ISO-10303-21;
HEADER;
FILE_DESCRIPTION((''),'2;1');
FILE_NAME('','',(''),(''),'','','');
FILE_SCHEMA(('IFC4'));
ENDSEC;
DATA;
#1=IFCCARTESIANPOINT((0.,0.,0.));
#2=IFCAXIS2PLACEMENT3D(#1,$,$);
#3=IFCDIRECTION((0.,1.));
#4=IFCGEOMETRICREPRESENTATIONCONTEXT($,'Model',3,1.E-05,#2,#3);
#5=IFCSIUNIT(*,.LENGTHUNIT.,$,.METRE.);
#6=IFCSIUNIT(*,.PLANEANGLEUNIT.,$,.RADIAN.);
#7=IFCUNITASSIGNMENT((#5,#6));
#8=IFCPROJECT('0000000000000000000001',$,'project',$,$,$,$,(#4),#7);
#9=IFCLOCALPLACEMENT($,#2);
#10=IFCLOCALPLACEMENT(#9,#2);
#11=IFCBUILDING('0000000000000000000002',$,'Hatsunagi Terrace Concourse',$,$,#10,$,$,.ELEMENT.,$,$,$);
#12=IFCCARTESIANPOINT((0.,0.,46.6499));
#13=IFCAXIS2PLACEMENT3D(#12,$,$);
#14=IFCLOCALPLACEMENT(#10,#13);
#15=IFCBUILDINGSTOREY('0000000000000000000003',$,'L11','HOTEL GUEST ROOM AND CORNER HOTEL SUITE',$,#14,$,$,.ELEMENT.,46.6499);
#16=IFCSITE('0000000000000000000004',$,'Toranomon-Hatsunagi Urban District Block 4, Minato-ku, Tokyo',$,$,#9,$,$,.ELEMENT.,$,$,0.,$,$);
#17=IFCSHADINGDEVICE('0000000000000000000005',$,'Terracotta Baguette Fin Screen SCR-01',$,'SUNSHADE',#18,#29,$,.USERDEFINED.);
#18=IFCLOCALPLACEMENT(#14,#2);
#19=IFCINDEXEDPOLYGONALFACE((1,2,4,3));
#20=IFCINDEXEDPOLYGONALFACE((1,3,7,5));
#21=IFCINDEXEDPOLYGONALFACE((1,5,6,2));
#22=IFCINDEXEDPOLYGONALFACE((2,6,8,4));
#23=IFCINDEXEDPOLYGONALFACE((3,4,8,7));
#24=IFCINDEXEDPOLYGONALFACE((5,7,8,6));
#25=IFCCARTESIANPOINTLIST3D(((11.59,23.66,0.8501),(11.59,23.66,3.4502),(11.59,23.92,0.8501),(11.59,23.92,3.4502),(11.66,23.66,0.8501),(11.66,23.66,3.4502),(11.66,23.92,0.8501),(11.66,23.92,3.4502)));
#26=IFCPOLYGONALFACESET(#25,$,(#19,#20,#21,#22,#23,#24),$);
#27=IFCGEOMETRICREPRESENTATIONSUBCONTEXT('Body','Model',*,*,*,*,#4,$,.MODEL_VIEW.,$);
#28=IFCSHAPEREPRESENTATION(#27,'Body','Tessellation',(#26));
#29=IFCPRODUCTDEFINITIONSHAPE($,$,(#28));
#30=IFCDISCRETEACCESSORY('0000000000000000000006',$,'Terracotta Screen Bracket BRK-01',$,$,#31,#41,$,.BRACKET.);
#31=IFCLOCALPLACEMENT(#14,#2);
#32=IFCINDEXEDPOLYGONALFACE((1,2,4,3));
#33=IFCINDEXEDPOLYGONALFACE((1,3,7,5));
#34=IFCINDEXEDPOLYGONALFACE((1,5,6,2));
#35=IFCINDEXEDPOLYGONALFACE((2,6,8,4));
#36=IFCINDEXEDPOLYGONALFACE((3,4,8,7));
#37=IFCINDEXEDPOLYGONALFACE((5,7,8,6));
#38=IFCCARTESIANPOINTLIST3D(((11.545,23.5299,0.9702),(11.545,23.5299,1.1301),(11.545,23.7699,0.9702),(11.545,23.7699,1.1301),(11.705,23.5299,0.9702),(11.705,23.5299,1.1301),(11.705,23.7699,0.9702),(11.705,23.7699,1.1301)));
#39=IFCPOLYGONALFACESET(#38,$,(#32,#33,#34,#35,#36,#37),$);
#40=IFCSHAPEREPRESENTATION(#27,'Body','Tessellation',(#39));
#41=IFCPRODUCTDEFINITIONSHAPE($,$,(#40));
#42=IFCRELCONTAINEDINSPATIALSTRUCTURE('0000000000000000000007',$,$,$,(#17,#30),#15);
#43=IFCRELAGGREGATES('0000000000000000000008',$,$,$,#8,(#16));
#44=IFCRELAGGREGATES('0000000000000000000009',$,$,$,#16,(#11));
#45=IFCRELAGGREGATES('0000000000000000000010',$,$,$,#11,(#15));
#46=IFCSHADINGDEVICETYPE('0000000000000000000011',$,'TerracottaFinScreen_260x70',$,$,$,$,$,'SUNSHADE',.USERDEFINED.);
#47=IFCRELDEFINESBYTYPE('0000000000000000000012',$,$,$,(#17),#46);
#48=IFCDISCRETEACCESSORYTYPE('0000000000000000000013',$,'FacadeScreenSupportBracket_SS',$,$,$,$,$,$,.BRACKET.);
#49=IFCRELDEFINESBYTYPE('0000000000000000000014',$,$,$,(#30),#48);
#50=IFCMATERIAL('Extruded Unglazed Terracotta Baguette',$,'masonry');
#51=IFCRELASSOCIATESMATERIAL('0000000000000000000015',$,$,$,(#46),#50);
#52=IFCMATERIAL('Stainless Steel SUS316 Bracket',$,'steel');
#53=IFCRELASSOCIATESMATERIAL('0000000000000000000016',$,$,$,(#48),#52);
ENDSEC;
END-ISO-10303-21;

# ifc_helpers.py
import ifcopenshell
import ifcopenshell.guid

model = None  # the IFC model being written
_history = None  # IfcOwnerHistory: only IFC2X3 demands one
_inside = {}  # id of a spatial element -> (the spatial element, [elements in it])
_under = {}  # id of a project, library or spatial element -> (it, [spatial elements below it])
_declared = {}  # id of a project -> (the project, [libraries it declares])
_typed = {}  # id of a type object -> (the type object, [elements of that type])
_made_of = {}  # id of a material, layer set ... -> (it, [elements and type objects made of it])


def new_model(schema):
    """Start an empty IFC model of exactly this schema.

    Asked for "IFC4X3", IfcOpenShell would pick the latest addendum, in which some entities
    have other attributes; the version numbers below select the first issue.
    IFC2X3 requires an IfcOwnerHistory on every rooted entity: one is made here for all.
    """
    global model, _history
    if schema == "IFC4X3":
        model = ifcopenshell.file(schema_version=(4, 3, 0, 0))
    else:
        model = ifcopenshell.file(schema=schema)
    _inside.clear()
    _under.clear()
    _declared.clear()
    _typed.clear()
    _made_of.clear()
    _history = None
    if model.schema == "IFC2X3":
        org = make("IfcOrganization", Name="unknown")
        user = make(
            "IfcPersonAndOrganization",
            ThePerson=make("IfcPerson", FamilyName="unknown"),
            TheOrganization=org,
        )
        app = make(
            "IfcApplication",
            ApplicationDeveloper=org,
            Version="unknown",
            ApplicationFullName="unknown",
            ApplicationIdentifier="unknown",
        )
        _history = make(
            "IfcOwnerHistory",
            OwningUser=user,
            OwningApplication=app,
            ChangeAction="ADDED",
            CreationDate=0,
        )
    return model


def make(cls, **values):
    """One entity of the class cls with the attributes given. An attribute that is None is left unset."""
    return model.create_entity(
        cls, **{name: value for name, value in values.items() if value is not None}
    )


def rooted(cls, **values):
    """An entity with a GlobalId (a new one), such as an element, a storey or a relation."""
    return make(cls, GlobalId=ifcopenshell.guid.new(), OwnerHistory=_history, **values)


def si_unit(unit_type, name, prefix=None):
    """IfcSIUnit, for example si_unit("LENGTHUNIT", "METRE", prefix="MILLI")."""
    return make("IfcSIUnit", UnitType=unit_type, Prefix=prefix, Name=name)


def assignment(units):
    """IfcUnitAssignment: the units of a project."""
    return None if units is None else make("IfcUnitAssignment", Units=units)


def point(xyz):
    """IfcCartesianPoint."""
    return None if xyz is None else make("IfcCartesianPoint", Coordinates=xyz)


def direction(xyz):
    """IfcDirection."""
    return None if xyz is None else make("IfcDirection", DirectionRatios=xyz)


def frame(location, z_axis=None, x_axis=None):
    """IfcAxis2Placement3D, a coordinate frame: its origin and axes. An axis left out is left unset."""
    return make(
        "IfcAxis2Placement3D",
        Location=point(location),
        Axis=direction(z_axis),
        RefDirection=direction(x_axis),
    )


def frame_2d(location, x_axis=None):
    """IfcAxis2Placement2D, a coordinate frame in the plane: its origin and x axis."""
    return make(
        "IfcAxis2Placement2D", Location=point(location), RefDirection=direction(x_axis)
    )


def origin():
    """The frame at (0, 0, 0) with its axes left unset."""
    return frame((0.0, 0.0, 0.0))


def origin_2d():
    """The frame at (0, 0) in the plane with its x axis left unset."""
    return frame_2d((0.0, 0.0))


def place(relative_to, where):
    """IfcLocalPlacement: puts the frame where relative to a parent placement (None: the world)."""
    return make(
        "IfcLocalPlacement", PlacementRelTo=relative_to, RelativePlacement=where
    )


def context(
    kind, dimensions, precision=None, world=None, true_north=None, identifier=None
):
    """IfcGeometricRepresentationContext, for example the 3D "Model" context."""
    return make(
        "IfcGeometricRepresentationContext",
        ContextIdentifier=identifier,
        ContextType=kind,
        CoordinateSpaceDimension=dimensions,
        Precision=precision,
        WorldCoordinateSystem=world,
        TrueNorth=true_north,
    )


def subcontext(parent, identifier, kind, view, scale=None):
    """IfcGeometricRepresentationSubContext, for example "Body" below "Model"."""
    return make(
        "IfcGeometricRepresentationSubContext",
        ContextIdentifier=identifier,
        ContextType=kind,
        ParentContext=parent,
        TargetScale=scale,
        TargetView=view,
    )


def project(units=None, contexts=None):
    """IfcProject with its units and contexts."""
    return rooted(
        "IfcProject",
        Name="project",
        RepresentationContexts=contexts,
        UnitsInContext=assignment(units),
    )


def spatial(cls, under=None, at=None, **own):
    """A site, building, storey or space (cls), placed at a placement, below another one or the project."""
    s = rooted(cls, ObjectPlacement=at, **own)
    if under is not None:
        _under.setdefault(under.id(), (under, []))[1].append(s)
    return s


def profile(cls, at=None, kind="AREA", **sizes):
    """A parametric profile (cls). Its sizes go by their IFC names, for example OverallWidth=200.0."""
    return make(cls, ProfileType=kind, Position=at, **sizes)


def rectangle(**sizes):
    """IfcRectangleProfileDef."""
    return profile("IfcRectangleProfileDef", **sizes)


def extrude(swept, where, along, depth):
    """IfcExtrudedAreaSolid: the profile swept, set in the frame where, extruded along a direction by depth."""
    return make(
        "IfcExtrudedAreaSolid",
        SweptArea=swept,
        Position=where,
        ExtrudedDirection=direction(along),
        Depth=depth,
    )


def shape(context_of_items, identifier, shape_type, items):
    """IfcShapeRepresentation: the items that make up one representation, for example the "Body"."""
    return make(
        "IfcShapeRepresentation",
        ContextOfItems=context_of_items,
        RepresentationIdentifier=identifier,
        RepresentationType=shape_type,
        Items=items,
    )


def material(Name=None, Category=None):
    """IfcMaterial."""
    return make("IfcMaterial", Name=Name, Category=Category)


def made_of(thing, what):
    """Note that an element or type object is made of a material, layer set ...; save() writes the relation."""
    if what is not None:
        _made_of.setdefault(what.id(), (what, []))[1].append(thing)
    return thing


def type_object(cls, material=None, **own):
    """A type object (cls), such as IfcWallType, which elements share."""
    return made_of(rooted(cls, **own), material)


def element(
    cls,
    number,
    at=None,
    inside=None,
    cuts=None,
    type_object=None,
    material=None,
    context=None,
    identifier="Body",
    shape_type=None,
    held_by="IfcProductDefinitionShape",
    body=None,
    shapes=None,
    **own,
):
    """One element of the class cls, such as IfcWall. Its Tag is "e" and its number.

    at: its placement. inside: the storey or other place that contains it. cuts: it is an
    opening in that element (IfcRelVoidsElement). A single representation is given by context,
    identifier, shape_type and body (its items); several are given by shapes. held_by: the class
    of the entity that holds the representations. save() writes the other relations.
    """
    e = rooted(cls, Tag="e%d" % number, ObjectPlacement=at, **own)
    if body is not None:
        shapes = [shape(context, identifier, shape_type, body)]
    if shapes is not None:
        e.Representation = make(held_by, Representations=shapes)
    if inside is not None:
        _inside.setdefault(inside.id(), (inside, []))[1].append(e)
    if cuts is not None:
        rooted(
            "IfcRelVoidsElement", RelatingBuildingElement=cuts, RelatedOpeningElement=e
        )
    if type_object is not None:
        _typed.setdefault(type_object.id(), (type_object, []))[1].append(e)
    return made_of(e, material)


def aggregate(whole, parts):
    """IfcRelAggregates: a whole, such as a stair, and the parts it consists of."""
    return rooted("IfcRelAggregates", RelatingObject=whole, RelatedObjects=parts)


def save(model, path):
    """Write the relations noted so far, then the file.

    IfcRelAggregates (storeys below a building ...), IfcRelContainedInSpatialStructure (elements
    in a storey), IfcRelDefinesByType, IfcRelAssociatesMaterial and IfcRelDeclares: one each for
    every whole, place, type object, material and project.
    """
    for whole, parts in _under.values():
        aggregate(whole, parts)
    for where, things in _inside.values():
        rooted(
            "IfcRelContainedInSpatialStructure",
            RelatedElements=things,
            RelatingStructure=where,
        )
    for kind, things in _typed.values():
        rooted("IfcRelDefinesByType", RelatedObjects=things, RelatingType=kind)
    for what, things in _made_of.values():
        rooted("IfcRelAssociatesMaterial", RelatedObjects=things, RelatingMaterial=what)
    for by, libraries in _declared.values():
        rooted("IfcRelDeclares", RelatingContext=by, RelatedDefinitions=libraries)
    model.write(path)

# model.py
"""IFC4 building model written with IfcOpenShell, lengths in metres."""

from ifc_helpers import new_model, si_unit, direction, frame, origin, origin_2d, place, context, subcontext, project, spatial, rectangle, extrude, material, type_object, element, save


model = new_model("IFC4")

# Units and contexts
model_context = context("Model", 3, precision=1e-05, world=origin(), true_north=direction((0.0, 1.0)))
body_context = subcontext(model_context, "Body", "Model", "MODEL_VIEW")
ifc_project = project(units=[si_unit("LENGTHUNIT", "METRE"), si_unit("PLANEANGLEUNIT", "RADIAN")], contexts=[model_context])

# Site, building, storey
site_placement = place(None, origin())
site = spatial("IfcSite", under=ifc_project, at=site_placement, Name="Toranomon-Hatsunagi Urban District Block 4, Minato-ku, Tokyo", CompositionType="ELEMENT", RefElevation=0.0)
building_placement = place(site_placement, origin())
building = spatial("IfcBuilding", under=site, at=building_placement, Name="Hatsunagi Terrace Concourse", CompositionType="ELEMENT")
storey_placement = place(building_placement, frame((0.0, 0.0, 46.6499)))
storey = spatial("IfcBuildingStorey", under=building, at=storey_placement, Name="L11", Description="HOTEL GUEST ROOM AND CORNER HOTEL SUITE", CompositionType="ELEMENT", Elevation=46.6499)

# Shading device
ifc_material_1 = material(Name="Extruded Unglazed Terracotta Baguette", Category="masonry")
shading_device_type = type_object("IfcShadingDeviceType", Name="TerracottaFinScreen_260x70", ElementType="SUNSHADE", PredefinedType="USERDEFINED", material=ifc_material_1)
shading_device_placement = place(storey_placement, frame((11.625, 23.79, 0.8501), z_axis=(0.0, 0.0, 1.0), x_axis=(-1.0, 0.0, 0.0)))
element("IfcShadingDevice", 1, at=shading_device_placement, inside=storey, type_object=shading_device_type, Name="Terracotta Baguette Fin Screen SCR-01", ObjectType="SUNSHADE", PredefinedType="USERDEFINED", context=body_context, shape_type="SweptSolid", body=[
    extrude(rectangle(XDim=0.0701, YDim=0.26, at=origin_2d()), origin(), (0.0, 0.0, 1.0), 2.6001),
])

# Discrete accessory
ifc_material_2 = material(Name="Stainless Steel SUS316 Bracket", Category="steel")
discrete_accessory_type = type_object("IfcDiscreteAccessoryType", Name="FacadeScreenSupportBracket_SS", PredefinedType="BRACKET", material=ifc_material_2)
discrete_accessory_placement = place(storey_placement, frame((11.625, 23.6499, 0.9702), z_axis=(0.0, 0.0, 1.0), x_axis=(-1.0, 0.0, 0.0)))
element("IfcDiscreteAccessory", 2, at=discrete_accessory_placement, inside=storey, type_object=discrete_accessory_type, Name="Terracotta Screen Bracket BRK-01", PredefinedType="BRACKET", context=body_context, shape_type="SweptSolid", body=[
    extrude(rectangle(XDim=0.1599, YDim=0.24, at=origin_2d()), origin(), (0.0, 0.0, 1.0), 0.1599),
])

save(model, "model.ifc")
